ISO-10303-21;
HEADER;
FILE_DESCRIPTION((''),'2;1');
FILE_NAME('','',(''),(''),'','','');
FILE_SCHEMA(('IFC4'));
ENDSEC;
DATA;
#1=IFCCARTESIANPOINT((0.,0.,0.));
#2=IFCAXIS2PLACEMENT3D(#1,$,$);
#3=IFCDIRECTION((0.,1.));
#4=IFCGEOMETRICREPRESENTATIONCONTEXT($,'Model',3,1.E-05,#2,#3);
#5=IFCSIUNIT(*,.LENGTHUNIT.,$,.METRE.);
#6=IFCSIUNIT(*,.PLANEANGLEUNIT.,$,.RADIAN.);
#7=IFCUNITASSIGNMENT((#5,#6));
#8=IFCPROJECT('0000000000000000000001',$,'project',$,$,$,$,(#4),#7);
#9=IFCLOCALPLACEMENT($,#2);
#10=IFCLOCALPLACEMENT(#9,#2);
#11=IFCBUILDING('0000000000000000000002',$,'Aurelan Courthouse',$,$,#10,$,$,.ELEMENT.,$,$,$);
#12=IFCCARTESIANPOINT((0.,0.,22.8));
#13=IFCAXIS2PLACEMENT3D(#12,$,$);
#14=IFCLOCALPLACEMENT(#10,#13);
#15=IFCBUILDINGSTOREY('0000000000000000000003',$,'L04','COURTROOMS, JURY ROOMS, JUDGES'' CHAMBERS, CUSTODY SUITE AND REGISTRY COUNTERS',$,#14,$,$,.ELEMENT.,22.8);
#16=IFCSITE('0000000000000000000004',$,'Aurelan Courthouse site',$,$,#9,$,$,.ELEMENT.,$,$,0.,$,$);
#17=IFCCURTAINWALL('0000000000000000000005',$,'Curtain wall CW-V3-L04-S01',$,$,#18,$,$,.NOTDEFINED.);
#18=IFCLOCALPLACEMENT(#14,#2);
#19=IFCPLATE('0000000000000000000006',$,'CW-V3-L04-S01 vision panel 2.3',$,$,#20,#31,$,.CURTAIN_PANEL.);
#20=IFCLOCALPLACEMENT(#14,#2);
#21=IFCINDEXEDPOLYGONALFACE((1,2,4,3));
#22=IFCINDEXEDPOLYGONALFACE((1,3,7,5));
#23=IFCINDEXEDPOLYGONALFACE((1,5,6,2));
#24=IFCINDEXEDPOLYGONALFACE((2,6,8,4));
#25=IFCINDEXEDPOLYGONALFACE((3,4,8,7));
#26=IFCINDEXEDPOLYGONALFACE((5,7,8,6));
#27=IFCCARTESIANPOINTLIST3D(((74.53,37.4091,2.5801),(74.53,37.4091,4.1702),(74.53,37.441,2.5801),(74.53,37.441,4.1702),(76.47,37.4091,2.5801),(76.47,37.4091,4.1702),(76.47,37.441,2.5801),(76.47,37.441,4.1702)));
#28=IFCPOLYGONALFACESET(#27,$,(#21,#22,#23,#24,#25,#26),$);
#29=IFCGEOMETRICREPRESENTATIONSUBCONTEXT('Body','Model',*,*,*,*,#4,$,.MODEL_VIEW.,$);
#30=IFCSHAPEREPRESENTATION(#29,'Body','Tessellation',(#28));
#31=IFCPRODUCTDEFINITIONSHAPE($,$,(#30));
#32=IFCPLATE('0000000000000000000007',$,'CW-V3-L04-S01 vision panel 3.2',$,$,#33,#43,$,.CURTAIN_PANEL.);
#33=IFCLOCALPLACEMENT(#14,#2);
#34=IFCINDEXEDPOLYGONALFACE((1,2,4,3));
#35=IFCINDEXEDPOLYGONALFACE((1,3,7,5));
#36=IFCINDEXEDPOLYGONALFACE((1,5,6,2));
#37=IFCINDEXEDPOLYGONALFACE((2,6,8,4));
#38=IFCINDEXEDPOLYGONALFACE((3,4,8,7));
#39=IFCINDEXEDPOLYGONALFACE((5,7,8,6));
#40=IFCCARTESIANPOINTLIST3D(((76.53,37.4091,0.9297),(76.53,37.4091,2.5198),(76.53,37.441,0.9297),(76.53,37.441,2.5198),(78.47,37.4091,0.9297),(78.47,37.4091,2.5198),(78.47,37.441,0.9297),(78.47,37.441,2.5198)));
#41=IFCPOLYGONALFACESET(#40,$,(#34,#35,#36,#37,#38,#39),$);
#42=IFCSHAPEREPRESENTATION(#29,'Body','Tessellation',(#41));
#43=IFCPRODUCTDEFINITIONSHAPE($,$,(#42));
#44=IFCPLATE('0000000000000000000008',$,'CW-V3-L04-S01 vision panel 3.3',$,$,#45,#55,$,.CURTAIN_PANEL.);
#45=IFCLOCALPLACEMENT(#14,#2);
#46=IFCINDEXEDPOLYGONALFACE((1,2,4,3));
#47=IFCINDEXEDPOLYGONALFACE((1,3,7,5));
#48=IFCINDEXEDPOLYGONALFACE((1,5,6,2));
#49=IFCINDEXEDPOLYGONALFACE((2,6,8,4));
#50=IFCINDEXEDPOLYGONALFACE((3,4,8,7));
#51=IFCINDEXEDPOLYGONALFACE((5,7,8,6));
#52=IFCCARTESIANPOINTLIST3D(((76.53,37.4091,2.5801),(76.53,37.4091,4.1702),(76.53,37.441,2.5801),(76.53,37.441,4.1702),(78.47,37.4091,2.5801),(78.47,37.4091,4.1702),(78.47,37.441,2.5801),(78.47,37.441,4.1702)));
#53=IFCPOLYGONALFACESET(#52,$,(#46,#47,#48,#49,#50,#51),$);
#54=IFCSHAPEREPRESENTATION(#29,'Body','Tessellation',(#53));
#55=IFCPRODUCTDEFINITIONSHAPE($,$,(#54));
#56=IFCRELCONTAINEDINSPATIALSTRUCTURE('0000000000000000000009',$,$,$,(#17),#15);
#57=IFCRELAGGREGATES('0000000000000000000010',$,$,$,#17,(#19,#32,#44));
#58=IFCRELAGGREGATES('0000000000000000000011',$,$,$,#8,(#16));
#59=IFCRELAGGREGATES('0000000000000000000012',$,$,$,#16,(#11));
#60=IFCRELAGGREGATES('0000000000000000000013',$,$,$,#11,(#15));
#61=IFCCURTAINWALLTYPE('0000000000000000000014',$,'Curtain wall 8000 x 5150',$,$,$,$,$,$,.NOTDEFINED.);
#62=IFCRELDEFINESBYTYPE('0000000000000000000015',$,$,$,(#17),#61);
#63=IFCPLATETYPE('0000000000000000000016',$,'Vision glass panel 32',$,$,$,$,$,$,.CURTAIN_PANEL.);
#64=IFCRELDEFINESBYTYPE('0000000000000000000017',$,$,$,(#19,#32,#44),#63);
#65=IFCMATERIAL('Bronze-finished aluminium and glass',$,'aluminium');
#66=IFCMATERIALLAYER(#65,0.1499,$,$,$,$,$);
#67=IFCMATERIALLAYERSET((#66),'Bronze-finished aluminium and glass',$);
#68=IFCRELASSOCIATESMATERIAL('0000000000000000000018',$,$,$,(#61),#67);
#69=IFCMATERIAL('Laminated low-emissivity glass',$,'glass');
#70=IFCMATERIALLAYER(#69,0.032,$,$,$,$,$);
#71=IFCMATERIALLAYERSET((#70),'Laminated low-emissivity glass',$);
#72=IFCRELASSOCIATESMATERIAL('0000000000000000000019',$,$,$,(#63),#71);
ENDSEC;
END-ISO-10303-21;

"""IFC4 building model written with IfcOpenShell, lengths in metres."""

from ifc_helpers import new_model, si_unit, direction, frame, origin, origin_2d, place, context, subcontext, project, spatial, rectangle, extrude, material, layer, layer_set, type_object, element, aggregate, save


model = new_model("IFC4")

# Units and contexts
model_context = context("Model", 3, precision=1e-05, world=origin(), true_north=direction((0.0, 1.0)))
body_context = subcontext(model_context, "Body", "Model", "MODEL_VIEW")
ifc_project = project(units=[si_unit("LENGTHUNIT", "METRE"), si_unit("PLANEANGLEUNIT", "RADIAN")], contexts=[model_context])

# Site, building, storey
site_placement = place(None, origin())
site = spatial("IfcSite", under=ifc_project, at=site_placement, Name="Aurelan Courthouse site", CompositionType="ELEMENT", RefElevation=0.0)
building_placement = place(site_placement, origin())
building = spatial("IfcBuilding", under=site, at=building_placement, Name="Aurelan Courthouse", CompositionType="ELEMENT")
storey_placement = place(building_placement, frame((0.0, 0.0, 22.8)))
storey = spatial("IfcBuildingStorey", under=building, at=storey_placement, Name="L04", Description="COURTROOMS, JURY ROOMS, JUDGES' CHAMBERS, CUSTODY SUITE AND REGISTRY COUNTERS", CompositionType="ELEMENT", Elevation=22.8)

# Curtain wall
ifc_material_1 = material(Name="Bronze-finished aluminium and glass", Category="aluminium")
ifc_layer_1 = layer(ifc_material_1, 0.1499)
ifc_layer_set_1 = layer_set([ifc_layer_1], Name="Bronze-finished aluminium and glass")
curtain_wall_type = type_object("IfcCurtainWallType", Name="Curtain wall 8000 x 5150", PredefinedType="NOTDEFINED", material=ifc_layer_set_1)
curtain_wall_placement = place(storey_placement, origin())
curtain_wall = element("IfcCurtainWall", 1, at=curtain_wall_placement, inside=storey, type_object=curtain_wall_type, Name="Curtain wall CW-V3-L04-S01", PredefinedType="NOTDEFINED")

# Plates
ifc_material_2 = material(Name="Laminated low-emissivity glass", Category="glass")
ifc_layer_2 = layer(ifc_material_2, 0.032)
ifc_layer_set_2 = layer_set([ifc_layer_2], Name="Laminated low-emissivity glass")
plate_type_1 = type_object("IfcPlateType", Name="Vision glass panel 32", PredefinedType="CURTAIN_PANEL", material=ifc_layer_set_2)
plate_1_placement = place(storey_placement, frame((75.5, 37.425, 2.5801), z_axis=(0.0, 0.0, 1.0), x_axis=(1.0, 0.0, 0.0)))
plate_1 = element("IfcPlate", 2, at=plate_1_placement, type_object=plate_type_1, Name="CW-V3-L04-S01 vision panel 2.3", PredefinedType="CURTAIN_PANEL", context=body_context, shape_type="SweptSolid", body=[
    extrude(rectangle(XDim=1.9399, YDim=0.032, at=origin_2d()), origin(), (0.0, 0.0, 1.0), 1.5901),
])
plate_2_placement = place(storey_placement, frame((77.5, 37.425, 0.9297), z_axis=(0.0, 0.0, 1.0), x_axis=(1.0, 0.0, 0.0)))
plate_2 = element("IfcPlate", 3, at=plate_2_placement, type_object=plate_type_1, Name="CW-V3-L04-S01 vision panel 3.2", PredefinedType="CURTAIN_PANEL", context=body_context, shape_type="SweptSolid", body=[
    extrude(rectangle(XDim=1.9399, YDim=0.032, at=origin_2d()), origin(), (0.0, 0.0, 1.0), 1.5901),
])
plate_3_placement = place(storey_placement, frame((77.5, 37.425, 2.5801), z_axis=(0.0, 0.0, 1.0), x_axis=(1.0, 0.0, 0.0)))
plate_3 = element("IfcPlate", 4, at=plate_3_placement, type_object=plate_type_1, Name="CW-V3-L04-S01 vision panel 3.3", PredefinedType="CURTAIN_PANEL", context=body_context, shape_type="SweptSolid", body=[
    extrude(rectangle(XDim=1.9399, YDim=0.032, at=origin_2d()), origin(), (0.0, 0.0, 1.0), 1.5901),
])
aggregate(curtain_wall, [plate_1, plate_2, plate_3])

save(model, "model.ifc")
